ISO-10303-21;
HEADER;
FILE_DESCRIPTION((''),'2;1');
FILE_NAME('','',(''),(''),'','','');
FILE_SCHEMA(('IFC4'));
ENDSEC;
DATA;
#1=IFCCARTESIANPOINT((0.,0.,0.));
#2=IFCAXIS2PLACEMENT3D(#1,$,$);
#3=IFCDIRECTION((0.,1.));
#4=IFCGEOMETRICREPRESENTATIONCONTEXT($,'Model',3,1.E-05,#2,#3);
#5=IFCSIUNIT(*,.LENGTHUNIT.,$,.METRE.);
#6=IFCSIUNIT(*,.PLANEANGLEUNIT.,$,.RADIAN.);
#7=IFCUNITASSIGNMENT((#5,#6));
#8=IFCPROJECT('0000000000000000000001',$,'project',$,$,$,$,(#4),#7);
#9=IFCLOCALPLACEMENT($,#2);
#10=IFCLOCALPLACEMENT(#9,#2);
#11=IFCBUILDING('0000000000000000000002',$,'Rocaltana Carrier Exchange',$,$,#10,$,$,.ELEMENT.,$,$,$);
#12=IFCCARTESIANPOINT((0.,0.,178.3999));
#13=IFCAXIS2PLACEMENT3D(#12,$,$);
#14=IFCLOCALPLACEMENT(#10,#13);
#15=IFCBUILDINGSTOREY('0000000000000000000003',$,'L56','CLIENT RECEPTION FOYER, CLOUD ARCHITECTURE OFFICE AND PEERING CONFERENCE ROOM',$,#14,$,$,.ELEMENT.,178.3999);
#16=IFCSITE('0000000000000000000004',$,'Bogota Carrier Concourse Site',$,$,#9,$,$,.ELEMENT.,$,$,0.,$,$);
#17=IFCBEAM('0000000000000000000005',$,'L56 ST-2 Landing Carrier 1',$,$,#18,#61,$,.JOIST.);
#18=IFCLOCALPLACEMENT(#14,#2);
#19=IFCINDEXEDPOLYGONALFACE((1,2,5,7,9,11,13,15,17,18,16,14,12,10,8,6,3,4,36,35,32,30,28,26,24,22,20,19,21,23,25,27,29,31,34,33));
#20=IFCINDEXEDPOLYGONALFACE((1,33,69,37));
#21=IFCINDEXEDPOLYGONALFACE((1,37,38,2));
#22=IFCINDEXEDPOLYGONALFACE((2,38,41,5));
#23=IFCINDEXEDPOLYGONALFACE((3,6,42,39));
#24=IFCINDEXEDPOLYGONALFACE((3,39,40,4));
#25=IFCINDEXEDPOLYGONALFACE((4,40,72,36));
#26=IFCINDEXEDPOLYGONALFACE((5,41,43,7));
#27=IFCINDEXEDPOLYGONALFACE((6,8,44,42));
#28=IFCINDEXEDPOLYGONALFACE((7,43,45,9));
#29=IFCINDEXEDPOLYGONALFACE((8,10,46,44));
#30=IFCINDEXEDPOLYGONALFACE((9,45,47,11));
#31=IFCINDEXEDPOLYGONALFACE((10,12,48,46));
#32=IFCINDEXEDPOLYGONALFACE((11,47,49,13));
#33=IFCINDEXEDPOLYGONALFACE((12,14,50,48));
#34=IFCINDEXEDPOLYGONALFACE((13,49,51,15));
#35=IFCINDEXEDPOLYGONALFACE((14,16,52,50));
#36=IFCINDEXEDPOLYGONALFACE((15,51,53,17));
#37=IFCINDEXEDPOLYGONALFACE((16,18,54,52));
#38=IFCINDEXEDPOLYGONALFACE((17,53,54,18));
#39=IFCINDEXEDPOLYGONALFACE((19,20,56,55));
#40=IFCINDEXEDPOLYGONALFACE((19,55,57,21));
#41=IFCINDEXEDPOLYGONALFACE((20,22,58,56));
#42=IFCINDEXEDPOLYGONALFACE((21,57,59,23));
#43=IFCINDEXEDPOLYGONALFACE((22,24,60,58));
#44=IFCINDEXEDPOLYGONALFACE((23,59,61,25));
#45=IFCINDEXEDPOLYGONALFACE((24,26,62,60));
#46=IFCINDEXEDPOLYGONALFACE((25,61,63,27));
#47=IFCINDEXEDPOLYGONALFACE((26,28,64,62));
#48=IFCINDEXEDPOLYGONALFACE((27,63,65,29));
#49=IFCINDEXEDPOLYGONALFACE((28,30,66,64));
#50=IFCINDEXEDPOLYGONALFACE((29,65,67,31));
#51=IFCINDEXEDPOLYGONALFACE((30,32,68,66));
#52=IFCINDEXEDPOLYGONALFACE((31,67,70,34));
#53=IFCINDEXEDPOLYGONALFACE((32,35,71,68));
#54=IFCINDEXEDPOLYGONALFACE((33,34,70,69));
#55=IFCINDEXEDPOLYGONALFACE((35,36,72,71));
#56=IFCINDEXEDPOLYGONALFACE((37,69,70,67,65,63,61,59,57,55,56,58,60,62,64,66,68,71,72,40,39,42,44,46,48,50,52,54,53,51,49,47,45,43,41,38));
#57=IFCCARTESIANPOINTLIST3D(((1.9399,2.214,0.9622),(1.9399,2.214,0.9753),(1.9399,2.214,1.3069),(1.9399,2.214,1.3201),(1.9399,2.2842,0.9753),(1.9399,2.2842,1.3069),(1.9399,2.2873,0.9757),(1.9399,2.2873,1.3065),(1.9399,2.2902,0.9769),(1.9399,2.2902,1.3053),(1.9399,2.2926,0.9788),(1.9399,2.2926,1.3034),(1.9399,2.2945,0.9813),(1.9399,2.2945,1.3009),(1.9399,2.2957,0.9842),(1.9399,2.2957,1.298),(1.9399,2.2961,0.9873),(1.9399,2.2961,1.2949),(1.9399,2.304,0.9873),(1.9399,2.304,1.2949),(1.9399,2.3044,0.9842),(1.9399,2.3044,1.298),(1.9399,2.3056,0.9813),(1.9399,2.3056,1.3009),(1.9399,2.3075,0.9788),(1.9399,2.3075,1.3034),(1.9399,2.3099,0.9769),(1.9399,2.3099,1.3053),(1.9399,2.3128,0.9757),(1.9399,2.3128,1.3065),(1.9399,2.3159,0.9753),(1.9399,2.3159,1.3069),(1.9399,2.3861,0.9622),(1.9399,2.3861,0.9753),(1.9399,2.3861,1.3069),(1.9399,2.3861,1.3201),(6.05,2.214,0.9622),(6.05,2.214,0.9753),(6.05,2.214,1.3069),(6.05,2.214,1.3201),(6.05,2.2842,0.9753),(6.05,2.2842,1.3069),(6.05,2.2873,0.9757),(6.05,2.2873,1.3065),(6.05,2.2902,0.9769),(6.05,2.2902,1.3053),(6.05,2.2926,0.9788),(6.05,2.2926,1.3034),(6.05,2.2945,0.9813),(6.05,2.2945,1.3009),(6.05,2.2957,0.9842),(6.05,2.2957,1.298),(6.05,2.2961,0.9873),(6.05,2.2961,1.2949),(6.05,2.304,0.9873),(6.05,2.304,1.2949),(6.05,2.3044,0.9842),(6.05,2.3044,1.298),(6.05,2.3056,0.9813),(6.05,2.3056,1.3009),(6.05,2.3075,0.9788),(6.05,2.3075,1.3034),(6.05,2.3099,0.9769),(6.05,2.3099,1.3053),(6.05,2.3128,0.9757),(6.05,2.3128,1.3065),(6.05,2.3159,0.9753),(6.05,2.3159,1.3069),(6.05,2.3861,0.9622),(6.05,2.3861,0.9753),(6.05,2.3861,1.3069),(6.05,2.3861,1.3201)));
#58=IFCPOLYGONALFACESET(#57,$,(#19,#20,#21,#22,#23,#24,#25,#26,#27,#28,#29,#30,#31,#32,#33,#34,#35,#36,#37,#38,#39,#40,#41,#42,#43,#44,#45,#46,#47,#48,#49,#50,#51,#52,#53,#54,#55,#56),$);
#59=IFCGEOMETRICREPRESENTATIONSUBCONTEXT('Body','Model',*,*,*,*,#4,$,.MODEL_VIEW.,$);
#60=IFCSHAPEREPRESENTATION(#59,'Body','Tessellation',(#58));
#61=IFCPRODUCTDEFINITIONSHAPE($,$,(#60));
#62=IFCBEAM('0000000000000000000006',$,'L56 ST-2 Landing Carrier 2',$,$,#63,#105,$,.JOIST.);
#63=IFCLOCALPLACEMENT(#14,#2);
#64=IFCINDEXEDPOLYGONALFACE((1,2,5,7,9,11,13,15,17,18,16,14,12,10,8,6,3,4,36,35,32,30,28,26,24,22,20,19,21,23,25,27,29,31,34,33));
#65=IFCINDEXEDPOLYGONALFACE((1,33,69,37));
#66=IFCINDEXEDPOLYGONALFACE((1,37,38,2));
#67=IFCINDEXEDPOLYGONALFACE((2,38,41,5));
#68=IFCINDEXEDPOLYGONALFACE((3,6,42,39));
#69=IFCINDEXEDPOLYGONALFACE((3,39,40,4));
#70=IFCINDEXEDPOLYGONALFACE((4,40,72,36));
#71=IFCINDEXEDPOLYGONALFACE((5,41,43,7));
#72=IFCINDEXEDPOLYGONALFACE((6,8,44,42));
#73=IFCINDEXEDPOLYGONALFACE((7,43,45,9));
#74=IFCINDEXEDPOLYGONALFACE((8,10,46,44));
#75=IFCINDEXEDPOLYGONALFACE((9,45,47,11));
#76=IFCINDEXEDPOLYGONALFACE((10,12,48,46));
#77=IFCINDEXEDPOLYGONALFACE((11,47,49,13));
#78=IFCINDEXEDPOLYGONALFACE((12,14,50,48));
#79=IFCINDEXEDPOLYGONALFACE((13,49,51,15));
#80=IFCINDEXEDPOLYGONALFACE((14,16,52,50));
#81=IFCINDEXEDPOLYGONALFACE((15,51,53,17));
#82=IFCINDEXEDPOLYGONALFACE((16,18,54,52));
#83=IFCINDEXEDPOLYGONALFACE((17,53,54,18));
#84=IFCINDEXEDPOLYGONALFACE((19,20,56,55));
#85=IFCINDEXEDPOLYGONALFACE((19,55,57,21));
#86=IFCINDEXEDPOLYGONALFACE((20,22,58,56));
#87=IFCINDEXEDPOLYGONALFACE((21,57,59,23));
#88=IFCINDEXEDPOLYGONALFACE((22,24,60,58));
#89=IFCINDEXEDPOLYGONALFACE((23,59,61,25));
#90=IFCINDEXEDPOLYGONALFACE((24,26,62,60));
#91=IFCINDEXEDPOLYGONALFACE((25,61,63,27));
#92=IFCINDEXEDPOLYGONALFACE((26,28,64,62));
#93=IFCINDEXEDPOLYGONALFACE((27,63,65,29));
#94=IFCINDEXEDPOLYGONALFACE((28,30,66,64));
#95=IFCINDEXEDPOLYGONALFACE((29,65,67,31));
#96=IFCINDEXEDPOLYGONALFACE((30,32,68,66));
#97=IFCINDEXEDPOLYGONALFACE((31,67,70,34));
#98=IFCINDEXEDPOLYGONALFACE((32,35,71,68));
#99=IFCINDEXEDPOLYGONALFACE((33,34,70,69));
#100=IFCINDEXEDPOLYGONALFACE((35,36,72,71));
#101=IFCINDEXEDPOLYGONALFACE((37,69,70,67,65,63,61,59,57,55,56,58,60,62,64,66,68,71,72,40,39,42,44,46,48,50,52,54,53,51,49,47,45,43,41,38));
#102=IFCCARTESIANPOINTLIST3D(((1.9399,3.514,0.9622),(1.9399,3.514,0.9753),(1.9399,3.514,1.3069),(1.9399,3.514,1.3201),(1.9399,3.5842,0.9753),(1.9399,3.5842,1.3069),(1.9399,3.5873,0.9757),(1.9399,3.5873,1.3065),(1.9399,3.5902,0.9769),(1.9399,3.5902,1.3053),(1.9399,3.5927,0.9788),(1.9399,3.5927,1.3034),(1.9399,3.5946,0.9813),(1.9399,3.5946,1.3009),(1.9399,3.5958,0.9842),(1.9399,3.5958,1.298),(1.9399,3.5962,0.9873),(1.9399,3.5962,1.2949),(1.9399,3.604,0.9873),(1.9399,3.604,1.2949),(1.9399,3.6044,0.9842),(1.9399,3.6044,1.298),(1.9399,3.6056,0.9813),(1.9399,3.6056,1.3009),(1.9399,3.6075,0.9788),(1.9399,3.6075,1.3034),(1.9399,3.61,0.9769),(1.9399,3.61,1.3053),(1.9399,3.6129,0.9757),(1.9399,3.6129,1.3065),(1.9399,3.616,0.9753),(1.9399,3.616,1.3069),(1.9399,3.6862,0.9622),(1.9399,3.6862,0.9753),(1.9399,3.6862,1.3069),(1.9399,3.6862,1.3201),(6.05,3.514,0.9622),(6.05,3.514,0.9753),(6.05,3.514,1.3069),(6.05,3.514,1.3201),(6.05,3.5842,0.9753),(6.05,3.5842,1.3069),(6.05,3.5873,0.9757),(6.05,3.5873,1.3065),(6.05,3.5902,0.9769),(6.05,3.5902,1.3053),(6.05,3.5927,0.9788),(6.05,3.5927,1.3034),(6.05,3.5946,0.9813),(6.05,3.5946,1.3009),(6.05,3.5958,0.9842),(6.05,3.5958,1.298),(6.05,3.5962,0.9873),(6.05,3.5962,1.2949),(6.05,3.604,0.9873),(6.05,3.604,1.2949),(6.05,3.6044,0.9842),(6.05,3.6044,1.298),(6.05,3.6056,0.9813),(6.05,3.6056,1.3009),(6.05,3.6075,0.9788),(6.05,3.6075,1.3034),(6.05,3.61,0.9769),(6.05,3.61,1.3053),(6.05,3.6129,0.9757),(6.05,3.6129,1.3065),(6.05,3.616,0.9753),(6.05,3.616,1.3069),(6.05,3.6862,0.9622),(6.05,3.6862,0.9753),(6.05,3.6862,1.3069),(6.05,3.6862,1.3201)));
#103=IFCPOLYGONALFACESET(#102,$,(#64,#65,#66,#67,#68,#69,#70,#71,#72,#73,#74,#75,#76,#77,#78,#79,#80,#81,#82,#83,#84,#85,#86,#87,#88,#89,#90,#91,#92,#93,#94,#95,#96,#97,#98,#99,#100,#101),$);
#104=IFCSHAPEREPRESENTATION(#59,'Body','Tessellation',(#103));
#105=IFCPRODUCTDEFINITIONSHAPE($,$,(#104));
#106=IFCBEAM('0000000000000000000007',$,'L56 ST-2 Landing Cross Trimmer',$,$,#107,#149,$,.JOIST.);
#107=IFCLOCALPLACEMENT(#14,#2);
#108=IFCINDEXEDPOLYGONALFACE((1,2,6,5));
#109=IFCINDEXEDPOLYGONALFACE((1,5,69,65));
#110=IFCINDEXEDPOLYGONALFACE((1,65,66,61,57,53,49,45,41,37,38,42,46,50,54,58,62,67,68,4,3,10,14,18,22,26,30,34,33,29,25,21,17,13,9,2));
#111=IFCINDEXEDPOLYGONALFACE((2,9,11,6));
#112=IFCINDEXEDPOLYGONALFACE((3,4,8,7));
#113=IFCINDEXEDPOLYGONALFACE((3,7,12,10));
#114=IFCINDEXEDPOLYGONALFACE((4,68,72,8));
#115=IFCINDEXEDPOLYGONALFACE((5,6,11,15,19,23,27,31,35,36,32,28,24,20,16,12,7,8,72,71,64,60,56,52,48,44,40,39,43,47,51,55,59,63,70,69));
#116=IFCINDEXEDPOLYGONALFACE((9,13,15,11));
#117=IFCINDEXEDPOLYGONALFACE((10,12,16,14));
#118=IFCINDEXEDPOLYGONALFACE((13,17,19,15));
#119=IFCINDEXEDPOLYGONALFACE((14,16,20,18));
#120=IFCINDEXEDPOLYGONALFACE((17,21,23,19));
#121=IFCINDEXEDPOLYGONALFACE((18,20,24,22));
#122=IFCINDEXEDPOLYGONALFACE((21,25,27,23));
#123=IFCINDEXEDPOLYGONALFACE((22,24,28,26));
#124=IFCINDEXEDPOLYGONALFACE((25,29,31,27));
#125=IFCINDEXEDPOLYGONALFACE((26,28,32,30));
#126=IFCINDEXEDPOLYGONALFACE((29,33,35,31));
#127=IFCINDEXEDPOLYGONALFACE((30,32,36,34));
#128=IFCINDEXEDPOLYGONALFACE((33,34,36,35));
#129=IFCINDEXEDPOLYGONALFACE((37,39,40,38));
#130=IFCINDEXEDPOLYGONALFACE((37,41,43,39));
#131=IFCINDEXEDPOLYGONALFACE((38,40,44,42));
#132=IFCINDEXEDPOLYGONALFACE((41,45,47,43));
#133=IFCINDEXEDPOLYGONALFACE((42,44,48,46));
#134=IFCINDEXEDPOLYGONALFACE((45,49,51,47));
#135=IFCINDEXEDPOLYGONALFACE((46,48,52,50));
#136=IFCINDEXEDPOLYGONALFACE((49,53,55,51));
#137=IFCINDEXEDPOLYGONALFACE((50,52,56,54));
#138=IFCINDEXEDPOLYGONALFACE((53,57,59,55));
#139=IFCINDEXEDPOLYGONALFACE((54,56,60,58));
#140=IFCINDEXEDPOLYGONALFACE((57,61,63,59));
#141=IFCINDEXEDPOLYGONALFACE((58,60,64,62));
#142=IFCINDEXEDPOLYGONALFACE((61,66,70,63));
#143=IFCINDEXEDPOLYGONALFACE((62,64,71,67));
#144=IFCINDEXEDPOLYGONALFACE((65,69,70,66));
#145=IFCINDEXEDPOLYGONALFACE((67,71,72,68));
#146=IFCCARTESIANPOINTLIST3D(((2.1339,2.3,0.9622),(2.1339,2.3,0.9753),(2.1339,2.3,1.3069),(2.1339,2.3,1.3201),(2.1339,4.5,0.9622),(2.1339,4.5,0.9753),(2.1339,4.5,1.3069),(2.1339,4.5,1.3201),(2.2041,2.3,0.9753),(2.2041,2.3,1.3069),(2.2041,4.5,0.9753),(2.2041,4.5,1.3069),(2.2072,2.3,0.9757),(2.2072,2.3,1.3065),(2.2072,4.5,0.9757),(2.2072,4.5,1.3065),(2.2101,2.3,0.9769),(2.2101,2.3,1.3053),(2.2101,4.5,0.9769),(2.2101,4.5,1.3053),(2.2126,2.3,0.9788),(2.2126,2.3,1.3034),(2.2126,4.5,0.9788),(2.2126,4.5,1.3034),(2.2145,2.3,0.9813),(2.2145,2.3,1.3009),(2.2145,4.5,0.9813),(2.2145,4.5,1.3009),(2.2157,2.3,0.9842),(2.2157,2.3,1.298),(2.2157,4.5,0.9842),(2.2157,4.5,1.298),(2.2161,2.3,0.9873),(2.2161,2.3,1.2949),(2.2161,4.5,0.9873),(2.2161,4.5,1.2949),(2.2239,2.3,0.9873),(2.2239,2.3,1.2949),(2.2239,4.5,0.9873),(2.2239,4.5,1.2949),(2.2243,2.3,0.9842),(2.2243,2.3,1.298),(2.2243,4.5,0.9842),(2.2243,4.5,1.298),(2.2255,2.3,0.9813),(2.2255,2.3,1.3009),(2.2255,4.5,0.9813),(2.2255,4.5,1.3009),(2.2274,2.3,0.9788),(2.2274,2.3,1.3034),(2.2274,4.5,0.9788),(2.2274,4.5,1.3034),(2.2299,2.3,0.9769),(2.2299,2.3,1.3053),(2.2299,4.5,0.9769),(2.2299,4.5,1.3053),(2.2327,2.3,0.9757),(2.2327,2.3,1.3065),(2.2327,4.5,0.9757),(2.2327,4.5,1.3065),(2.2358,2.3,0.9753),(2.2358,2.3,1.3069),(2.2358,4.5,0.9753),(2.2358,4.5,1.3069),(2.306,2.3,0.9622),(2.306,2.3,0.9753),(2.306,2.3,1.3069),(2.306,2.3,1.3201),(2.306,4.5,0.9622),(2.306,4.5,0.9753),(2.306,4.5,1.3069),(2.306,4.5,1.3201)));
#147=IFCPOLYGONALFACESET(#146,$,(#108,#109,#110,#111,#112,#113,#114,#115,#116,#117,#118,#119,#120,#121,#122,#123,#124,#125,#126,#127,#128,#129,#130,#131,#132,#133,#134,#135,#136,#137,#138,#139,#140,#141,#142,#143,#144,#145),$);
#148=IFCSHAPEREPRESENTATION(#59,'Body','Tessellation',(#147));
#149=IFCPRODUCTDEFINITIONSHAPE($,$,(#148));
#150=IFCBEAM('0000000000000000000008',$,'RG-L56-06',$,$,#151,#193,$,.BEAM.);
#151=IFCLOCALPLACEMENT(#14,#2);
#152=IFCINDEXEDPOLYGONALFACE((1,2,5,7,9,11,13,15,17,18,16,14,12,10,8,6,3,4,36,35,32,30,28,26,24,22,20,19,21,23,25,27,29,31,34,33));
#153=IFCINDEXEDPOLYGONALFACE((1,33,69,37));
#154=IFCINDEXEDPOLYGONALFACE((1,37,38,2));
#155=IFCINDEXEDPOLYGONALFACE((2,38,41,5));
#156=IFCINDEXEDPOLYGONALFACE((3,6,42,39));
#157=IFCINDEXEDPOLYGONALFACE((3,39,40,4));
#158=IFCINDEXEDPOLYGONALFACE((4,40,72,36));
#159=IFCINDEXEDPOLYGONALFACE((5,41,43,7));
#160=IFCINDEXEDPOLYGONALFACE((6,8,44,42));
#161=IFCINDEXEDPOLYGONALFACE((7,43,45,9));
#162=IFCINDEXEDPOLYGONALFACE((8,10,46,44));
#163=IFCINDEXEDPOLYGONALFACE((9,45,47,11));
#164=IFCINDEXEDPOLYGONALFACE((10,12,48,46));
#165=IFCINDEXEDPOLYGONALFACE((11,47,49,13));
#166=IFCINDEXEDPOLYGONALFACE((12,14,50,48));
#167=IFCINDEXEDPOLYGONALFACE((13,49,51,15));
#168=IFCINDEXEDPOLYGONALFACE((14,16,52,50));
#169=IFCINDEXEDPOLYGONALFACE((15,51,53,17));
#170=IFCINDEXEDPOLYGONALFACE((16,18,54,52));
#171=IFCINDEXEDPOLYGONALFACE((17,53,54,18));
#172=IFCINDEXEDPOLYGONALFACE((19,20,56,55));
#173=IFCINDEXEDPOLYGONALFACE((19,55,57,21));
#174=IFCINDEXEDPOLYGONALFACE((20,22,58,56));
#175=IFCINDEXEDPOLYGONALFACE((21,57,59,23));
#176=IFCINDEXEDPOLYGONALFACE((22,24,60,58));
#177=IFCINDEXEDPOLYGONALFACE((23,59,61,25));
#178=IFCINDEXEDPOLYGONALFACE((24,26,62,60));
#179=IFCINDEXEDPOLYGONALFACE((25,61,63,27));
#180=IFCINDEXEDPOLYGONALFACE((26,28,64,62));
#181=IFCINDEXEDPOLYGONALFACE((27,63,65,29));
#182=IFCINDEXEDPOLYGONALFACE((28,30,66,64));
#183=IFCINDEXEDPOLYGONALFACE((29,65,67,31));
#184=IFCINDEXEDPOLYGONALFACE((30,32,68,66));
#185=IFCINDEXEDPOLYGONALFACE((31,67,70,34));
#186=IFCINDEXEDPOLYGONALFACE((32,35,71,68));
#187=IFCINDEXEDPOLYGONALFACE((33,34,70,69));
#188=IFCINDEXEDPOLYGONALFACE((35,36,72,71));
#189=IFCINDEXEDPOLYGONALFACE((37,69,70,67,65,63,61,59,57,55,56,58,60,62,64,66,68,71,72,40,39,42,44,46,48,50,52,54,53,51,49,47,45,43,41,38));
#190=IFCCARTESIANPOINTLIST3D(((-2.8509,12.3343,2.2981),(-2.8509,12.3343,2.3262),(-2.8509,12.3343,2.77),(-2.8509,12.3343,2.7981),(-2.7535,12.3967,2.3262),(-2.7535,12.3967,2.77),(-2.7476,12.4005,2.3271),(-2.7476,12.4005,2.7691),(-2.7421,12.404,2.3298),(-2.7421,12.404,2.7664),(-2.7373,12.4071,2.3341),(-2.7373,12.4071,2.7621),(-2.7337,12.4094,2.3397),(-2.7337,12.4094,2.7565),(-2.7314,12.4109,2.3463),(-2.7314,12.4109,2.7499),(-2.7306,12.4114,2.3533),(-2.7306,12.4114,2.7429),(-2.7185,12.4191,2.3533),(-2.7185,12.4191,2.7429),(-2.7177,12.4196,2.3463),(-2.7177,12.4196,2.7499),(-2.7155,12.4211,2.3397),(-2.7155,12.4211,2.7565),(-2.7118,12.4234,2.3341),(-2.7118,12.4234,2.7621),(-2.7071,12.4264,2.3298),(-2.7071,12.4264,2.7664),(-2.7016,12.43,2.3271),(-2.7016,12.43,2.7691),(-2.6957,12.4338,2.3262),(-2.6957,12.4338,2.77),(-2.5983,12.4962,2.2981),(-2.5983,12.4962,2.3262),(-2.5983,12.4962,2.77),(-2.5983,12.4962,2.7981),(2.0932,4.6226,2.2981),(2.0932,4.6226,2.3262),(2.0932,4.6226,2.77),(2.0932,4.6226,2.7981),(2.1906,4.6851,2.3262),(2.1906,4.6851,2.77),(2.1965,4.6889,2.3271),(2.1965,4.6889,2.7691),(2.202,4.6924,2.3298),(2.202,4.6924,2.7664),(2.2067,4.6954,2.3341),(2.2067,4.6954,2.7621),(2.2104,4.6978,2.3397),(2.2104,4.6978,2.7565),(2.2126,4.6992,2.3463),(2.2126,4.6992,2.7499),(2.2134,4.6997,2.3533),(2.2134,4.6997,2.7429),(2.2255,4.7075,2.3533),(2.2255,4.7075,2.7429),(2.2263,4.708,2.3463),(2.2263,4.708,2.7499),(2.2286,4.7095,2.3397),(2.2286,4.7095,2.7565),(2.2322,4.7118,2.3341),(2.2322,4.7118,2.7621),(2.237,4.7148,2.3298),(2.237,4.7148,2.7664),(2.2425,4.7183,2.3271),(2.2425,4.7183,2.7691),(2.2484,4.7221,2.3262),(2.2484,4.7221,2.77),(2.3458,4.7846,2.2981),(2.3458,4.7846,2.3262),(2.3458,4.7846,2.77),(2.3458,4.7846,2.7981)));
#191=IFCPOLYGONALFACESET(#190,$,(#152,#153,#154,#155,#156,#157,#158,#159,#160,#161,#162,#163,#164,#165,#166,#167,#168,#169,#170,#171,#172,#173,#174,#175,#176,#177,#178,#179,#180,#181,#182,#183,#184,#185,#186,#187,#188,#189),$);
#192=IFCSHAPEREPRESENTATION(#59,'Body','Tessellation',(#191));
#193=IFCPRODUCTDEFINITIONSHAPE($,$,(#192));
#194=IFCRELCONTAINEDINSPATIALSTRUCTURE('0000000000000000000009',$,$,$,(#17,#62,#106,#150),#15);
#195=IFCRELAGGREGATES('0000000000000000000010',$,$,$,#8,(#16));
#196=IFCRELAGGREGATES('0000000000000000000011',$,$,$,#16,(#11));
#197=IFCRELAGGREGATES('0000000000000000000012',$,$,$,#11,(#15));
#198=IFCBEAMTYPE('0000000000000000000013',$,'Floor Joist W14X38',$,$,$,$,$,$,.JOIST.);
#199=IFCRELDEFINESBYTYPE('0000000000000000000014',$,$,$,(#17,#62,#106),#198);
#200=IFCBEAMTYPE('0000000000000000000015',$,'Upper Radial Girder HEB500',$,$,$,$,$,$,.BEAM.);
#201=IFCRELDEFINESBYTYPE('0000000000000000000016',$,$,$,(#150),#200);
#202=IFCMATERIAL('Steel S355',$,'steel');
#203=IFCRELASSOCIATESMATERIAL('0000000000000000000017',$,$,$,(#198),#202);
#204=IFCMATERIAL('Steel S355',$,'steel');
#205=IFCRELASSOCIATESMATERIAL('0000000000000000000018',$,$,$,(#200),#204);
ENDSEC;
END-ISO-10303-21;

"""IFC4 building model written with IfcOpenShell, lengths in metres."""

from ifc_helpers import new_model, si_unit, direction, frame, origin, origin_2d, place, context, subcontext, project, spatial, i_section, extrude, material, material_profile, profile_set, type_object, element, save


model = new_model("IFC4")

# Units and contexts
model_context = context("Model", 3, precision=1e-05, world=origin(), true_north=direction((0.0, 1.0)))
body_context = subcontext(model_context, "Body", "Model", "MODEL_VIEW")
ifc_project = project(units=[si_unit("LENGTHUNIT", "METRE"), si_unit("PLANEANGLEUNIT", "RADIAN")], contexts=[model_context])

# Site, building, storey
site_placement = place(None, origin())
site = spatial("IfcSite", under=ifc_project, at=site_placement, Name="Bogota Carrier Concourse Site", CompositionType="ELEMENT", RefElevation=0.0)
building_placement = place(site_placement, origin())
building = spatial("IfcBuilding", under=site, at=building_placement, Name="Rocaltana Carrier Exchange", CompositionType="ELEMENT")
storey_placement = place(building_placement, frame((0.0, 0.0, 178.3999)))
storey = spatial("IfcBuildingStorey", under=building, at=storey_placement, Name="L56", Description="CLIENT RECEPTION FOYER, CLOUD ARCHITECTURE OFFICE AND PEERING CONFERENCE ROOM", CompositionType="ELEMENT", Elevation=178.3999)

# Beams
ifc_material_1 = material(Name="Steel S355", Category="steel")
ifc_material_profile_1 = material_profile(ifc_material_1, i_section(OverallWidth=0.1721, OverallDepth=0.3579, WebThickness=0.0078, FlangeThickness=0.0132, FilletRadius=0.012, at=origin_2d()), Name="W14X38")
ifc_profile_set_1 = profile_set([ifc_material_profile_1], Name="Steel S355")
beam_type_1 = type_object("IfcBeamType", Name="Floor Joist W14X38", PredefinedType="JOIST", material=ifc_profile_set_1)
for number, where, z_axis, x_axis, name in (
    (1, (1.9399, 2.3, 1.1411), (1.0, 0.0, 0.0), (0.0, 1.0, 0.0), "L56 ST-2 Landing Carrier 1"),
    (2, (1.9399, 3.6001, 1.1411), (1.0, 0.0, 0.0), (0.0, 1.0, 0.0), "L56 ST-2 Landing Carrier 2"),
):
    element("IfcBeam", number, at=place(storey_placement, frame(where, z_axis=z_axis, x_axis=x_axis)), inside=storey, type_object=beam_type_1, Name=name, PredefinedType="JOIST", context=body_context, shape_type="SweptSolid", body=[
        extrude(i_section(OverallWidth=0.1721, OverallDepth=0.3579, WebThickness=0.0078, FlangeThickness=0.0132, FilletRadius=0.012, at=origin_2d()), origin(), (0.0, 0.0, 1.0), 4.1101),
    ])
beam_1_placement = place(storey_placement, frame((2.22, 2.3, 1.1411), z_axis=(0.0, 1.0, 0.0), x_axis=(-1.0, 0.0, 0.0)))
element("IfcBeam", 3, at=beam_1_placement, inside=storey, type_object=beam_type_1, Name="L56 ST-2 Landing Cross Trimmer", PredefinedType="JOIST", context=body_context, shape_type="SweptSolid", body=[
    extrude(i_section(OverallWidth=0.1721, OverallDepth=0.3579, WebThickness=0.0078, FlangeThickness=0.0132, FilletRadius=0.012, at=origin_2d()), origin(), (0.0, 0.0, 1.0), 2.2),
])
ifc_material_2 = material(Name="Steel S355", Category="steel")
ifc_material_profile_2 = material_profile(ifc_material_2, i_section(OverallWidth=0.3, OverallDepth=0.5, WebThickness=0.0144, FlangeThickness=0.0281, FilletRadius=0.0271, at=origin_2d()), Name="HEB500")
ifc_profile_set_2 = profile_set([ifc_material_profile_2], Name="Steel S355")
beam_type_2 = type_object("IfcBeamType", Name="Upper Radial Girder HEB500", PredefinedType="BEAM", material=ifc_profile_set_2)
beam_2_placement = place(storey_placement, frame((2.2195, 4.7036, 2.5481), z_axis=(-0.539721, 0.841844, 0.0), x_axis=(-0.841844, -0.539721, 0.0)))
element("IfcBeam", 4, at=beam_2_placement, inside=storey, type_object=beam_type_2, Name="RG-L56-06", PredefinedType="BEAM", context=body_context, shape_type="SweptSolid", body=[
    extrude(i_section(OverallWidth=0.3, OverallDepth=0.5, WebThickness=0.0144, FlangeThickness=0.0281, FilletRadius=0.0271, at=origin_2d()), origin(), (0.0, 0.0, 1.0), 9.1604),
])

save(model, "model.ifc")
